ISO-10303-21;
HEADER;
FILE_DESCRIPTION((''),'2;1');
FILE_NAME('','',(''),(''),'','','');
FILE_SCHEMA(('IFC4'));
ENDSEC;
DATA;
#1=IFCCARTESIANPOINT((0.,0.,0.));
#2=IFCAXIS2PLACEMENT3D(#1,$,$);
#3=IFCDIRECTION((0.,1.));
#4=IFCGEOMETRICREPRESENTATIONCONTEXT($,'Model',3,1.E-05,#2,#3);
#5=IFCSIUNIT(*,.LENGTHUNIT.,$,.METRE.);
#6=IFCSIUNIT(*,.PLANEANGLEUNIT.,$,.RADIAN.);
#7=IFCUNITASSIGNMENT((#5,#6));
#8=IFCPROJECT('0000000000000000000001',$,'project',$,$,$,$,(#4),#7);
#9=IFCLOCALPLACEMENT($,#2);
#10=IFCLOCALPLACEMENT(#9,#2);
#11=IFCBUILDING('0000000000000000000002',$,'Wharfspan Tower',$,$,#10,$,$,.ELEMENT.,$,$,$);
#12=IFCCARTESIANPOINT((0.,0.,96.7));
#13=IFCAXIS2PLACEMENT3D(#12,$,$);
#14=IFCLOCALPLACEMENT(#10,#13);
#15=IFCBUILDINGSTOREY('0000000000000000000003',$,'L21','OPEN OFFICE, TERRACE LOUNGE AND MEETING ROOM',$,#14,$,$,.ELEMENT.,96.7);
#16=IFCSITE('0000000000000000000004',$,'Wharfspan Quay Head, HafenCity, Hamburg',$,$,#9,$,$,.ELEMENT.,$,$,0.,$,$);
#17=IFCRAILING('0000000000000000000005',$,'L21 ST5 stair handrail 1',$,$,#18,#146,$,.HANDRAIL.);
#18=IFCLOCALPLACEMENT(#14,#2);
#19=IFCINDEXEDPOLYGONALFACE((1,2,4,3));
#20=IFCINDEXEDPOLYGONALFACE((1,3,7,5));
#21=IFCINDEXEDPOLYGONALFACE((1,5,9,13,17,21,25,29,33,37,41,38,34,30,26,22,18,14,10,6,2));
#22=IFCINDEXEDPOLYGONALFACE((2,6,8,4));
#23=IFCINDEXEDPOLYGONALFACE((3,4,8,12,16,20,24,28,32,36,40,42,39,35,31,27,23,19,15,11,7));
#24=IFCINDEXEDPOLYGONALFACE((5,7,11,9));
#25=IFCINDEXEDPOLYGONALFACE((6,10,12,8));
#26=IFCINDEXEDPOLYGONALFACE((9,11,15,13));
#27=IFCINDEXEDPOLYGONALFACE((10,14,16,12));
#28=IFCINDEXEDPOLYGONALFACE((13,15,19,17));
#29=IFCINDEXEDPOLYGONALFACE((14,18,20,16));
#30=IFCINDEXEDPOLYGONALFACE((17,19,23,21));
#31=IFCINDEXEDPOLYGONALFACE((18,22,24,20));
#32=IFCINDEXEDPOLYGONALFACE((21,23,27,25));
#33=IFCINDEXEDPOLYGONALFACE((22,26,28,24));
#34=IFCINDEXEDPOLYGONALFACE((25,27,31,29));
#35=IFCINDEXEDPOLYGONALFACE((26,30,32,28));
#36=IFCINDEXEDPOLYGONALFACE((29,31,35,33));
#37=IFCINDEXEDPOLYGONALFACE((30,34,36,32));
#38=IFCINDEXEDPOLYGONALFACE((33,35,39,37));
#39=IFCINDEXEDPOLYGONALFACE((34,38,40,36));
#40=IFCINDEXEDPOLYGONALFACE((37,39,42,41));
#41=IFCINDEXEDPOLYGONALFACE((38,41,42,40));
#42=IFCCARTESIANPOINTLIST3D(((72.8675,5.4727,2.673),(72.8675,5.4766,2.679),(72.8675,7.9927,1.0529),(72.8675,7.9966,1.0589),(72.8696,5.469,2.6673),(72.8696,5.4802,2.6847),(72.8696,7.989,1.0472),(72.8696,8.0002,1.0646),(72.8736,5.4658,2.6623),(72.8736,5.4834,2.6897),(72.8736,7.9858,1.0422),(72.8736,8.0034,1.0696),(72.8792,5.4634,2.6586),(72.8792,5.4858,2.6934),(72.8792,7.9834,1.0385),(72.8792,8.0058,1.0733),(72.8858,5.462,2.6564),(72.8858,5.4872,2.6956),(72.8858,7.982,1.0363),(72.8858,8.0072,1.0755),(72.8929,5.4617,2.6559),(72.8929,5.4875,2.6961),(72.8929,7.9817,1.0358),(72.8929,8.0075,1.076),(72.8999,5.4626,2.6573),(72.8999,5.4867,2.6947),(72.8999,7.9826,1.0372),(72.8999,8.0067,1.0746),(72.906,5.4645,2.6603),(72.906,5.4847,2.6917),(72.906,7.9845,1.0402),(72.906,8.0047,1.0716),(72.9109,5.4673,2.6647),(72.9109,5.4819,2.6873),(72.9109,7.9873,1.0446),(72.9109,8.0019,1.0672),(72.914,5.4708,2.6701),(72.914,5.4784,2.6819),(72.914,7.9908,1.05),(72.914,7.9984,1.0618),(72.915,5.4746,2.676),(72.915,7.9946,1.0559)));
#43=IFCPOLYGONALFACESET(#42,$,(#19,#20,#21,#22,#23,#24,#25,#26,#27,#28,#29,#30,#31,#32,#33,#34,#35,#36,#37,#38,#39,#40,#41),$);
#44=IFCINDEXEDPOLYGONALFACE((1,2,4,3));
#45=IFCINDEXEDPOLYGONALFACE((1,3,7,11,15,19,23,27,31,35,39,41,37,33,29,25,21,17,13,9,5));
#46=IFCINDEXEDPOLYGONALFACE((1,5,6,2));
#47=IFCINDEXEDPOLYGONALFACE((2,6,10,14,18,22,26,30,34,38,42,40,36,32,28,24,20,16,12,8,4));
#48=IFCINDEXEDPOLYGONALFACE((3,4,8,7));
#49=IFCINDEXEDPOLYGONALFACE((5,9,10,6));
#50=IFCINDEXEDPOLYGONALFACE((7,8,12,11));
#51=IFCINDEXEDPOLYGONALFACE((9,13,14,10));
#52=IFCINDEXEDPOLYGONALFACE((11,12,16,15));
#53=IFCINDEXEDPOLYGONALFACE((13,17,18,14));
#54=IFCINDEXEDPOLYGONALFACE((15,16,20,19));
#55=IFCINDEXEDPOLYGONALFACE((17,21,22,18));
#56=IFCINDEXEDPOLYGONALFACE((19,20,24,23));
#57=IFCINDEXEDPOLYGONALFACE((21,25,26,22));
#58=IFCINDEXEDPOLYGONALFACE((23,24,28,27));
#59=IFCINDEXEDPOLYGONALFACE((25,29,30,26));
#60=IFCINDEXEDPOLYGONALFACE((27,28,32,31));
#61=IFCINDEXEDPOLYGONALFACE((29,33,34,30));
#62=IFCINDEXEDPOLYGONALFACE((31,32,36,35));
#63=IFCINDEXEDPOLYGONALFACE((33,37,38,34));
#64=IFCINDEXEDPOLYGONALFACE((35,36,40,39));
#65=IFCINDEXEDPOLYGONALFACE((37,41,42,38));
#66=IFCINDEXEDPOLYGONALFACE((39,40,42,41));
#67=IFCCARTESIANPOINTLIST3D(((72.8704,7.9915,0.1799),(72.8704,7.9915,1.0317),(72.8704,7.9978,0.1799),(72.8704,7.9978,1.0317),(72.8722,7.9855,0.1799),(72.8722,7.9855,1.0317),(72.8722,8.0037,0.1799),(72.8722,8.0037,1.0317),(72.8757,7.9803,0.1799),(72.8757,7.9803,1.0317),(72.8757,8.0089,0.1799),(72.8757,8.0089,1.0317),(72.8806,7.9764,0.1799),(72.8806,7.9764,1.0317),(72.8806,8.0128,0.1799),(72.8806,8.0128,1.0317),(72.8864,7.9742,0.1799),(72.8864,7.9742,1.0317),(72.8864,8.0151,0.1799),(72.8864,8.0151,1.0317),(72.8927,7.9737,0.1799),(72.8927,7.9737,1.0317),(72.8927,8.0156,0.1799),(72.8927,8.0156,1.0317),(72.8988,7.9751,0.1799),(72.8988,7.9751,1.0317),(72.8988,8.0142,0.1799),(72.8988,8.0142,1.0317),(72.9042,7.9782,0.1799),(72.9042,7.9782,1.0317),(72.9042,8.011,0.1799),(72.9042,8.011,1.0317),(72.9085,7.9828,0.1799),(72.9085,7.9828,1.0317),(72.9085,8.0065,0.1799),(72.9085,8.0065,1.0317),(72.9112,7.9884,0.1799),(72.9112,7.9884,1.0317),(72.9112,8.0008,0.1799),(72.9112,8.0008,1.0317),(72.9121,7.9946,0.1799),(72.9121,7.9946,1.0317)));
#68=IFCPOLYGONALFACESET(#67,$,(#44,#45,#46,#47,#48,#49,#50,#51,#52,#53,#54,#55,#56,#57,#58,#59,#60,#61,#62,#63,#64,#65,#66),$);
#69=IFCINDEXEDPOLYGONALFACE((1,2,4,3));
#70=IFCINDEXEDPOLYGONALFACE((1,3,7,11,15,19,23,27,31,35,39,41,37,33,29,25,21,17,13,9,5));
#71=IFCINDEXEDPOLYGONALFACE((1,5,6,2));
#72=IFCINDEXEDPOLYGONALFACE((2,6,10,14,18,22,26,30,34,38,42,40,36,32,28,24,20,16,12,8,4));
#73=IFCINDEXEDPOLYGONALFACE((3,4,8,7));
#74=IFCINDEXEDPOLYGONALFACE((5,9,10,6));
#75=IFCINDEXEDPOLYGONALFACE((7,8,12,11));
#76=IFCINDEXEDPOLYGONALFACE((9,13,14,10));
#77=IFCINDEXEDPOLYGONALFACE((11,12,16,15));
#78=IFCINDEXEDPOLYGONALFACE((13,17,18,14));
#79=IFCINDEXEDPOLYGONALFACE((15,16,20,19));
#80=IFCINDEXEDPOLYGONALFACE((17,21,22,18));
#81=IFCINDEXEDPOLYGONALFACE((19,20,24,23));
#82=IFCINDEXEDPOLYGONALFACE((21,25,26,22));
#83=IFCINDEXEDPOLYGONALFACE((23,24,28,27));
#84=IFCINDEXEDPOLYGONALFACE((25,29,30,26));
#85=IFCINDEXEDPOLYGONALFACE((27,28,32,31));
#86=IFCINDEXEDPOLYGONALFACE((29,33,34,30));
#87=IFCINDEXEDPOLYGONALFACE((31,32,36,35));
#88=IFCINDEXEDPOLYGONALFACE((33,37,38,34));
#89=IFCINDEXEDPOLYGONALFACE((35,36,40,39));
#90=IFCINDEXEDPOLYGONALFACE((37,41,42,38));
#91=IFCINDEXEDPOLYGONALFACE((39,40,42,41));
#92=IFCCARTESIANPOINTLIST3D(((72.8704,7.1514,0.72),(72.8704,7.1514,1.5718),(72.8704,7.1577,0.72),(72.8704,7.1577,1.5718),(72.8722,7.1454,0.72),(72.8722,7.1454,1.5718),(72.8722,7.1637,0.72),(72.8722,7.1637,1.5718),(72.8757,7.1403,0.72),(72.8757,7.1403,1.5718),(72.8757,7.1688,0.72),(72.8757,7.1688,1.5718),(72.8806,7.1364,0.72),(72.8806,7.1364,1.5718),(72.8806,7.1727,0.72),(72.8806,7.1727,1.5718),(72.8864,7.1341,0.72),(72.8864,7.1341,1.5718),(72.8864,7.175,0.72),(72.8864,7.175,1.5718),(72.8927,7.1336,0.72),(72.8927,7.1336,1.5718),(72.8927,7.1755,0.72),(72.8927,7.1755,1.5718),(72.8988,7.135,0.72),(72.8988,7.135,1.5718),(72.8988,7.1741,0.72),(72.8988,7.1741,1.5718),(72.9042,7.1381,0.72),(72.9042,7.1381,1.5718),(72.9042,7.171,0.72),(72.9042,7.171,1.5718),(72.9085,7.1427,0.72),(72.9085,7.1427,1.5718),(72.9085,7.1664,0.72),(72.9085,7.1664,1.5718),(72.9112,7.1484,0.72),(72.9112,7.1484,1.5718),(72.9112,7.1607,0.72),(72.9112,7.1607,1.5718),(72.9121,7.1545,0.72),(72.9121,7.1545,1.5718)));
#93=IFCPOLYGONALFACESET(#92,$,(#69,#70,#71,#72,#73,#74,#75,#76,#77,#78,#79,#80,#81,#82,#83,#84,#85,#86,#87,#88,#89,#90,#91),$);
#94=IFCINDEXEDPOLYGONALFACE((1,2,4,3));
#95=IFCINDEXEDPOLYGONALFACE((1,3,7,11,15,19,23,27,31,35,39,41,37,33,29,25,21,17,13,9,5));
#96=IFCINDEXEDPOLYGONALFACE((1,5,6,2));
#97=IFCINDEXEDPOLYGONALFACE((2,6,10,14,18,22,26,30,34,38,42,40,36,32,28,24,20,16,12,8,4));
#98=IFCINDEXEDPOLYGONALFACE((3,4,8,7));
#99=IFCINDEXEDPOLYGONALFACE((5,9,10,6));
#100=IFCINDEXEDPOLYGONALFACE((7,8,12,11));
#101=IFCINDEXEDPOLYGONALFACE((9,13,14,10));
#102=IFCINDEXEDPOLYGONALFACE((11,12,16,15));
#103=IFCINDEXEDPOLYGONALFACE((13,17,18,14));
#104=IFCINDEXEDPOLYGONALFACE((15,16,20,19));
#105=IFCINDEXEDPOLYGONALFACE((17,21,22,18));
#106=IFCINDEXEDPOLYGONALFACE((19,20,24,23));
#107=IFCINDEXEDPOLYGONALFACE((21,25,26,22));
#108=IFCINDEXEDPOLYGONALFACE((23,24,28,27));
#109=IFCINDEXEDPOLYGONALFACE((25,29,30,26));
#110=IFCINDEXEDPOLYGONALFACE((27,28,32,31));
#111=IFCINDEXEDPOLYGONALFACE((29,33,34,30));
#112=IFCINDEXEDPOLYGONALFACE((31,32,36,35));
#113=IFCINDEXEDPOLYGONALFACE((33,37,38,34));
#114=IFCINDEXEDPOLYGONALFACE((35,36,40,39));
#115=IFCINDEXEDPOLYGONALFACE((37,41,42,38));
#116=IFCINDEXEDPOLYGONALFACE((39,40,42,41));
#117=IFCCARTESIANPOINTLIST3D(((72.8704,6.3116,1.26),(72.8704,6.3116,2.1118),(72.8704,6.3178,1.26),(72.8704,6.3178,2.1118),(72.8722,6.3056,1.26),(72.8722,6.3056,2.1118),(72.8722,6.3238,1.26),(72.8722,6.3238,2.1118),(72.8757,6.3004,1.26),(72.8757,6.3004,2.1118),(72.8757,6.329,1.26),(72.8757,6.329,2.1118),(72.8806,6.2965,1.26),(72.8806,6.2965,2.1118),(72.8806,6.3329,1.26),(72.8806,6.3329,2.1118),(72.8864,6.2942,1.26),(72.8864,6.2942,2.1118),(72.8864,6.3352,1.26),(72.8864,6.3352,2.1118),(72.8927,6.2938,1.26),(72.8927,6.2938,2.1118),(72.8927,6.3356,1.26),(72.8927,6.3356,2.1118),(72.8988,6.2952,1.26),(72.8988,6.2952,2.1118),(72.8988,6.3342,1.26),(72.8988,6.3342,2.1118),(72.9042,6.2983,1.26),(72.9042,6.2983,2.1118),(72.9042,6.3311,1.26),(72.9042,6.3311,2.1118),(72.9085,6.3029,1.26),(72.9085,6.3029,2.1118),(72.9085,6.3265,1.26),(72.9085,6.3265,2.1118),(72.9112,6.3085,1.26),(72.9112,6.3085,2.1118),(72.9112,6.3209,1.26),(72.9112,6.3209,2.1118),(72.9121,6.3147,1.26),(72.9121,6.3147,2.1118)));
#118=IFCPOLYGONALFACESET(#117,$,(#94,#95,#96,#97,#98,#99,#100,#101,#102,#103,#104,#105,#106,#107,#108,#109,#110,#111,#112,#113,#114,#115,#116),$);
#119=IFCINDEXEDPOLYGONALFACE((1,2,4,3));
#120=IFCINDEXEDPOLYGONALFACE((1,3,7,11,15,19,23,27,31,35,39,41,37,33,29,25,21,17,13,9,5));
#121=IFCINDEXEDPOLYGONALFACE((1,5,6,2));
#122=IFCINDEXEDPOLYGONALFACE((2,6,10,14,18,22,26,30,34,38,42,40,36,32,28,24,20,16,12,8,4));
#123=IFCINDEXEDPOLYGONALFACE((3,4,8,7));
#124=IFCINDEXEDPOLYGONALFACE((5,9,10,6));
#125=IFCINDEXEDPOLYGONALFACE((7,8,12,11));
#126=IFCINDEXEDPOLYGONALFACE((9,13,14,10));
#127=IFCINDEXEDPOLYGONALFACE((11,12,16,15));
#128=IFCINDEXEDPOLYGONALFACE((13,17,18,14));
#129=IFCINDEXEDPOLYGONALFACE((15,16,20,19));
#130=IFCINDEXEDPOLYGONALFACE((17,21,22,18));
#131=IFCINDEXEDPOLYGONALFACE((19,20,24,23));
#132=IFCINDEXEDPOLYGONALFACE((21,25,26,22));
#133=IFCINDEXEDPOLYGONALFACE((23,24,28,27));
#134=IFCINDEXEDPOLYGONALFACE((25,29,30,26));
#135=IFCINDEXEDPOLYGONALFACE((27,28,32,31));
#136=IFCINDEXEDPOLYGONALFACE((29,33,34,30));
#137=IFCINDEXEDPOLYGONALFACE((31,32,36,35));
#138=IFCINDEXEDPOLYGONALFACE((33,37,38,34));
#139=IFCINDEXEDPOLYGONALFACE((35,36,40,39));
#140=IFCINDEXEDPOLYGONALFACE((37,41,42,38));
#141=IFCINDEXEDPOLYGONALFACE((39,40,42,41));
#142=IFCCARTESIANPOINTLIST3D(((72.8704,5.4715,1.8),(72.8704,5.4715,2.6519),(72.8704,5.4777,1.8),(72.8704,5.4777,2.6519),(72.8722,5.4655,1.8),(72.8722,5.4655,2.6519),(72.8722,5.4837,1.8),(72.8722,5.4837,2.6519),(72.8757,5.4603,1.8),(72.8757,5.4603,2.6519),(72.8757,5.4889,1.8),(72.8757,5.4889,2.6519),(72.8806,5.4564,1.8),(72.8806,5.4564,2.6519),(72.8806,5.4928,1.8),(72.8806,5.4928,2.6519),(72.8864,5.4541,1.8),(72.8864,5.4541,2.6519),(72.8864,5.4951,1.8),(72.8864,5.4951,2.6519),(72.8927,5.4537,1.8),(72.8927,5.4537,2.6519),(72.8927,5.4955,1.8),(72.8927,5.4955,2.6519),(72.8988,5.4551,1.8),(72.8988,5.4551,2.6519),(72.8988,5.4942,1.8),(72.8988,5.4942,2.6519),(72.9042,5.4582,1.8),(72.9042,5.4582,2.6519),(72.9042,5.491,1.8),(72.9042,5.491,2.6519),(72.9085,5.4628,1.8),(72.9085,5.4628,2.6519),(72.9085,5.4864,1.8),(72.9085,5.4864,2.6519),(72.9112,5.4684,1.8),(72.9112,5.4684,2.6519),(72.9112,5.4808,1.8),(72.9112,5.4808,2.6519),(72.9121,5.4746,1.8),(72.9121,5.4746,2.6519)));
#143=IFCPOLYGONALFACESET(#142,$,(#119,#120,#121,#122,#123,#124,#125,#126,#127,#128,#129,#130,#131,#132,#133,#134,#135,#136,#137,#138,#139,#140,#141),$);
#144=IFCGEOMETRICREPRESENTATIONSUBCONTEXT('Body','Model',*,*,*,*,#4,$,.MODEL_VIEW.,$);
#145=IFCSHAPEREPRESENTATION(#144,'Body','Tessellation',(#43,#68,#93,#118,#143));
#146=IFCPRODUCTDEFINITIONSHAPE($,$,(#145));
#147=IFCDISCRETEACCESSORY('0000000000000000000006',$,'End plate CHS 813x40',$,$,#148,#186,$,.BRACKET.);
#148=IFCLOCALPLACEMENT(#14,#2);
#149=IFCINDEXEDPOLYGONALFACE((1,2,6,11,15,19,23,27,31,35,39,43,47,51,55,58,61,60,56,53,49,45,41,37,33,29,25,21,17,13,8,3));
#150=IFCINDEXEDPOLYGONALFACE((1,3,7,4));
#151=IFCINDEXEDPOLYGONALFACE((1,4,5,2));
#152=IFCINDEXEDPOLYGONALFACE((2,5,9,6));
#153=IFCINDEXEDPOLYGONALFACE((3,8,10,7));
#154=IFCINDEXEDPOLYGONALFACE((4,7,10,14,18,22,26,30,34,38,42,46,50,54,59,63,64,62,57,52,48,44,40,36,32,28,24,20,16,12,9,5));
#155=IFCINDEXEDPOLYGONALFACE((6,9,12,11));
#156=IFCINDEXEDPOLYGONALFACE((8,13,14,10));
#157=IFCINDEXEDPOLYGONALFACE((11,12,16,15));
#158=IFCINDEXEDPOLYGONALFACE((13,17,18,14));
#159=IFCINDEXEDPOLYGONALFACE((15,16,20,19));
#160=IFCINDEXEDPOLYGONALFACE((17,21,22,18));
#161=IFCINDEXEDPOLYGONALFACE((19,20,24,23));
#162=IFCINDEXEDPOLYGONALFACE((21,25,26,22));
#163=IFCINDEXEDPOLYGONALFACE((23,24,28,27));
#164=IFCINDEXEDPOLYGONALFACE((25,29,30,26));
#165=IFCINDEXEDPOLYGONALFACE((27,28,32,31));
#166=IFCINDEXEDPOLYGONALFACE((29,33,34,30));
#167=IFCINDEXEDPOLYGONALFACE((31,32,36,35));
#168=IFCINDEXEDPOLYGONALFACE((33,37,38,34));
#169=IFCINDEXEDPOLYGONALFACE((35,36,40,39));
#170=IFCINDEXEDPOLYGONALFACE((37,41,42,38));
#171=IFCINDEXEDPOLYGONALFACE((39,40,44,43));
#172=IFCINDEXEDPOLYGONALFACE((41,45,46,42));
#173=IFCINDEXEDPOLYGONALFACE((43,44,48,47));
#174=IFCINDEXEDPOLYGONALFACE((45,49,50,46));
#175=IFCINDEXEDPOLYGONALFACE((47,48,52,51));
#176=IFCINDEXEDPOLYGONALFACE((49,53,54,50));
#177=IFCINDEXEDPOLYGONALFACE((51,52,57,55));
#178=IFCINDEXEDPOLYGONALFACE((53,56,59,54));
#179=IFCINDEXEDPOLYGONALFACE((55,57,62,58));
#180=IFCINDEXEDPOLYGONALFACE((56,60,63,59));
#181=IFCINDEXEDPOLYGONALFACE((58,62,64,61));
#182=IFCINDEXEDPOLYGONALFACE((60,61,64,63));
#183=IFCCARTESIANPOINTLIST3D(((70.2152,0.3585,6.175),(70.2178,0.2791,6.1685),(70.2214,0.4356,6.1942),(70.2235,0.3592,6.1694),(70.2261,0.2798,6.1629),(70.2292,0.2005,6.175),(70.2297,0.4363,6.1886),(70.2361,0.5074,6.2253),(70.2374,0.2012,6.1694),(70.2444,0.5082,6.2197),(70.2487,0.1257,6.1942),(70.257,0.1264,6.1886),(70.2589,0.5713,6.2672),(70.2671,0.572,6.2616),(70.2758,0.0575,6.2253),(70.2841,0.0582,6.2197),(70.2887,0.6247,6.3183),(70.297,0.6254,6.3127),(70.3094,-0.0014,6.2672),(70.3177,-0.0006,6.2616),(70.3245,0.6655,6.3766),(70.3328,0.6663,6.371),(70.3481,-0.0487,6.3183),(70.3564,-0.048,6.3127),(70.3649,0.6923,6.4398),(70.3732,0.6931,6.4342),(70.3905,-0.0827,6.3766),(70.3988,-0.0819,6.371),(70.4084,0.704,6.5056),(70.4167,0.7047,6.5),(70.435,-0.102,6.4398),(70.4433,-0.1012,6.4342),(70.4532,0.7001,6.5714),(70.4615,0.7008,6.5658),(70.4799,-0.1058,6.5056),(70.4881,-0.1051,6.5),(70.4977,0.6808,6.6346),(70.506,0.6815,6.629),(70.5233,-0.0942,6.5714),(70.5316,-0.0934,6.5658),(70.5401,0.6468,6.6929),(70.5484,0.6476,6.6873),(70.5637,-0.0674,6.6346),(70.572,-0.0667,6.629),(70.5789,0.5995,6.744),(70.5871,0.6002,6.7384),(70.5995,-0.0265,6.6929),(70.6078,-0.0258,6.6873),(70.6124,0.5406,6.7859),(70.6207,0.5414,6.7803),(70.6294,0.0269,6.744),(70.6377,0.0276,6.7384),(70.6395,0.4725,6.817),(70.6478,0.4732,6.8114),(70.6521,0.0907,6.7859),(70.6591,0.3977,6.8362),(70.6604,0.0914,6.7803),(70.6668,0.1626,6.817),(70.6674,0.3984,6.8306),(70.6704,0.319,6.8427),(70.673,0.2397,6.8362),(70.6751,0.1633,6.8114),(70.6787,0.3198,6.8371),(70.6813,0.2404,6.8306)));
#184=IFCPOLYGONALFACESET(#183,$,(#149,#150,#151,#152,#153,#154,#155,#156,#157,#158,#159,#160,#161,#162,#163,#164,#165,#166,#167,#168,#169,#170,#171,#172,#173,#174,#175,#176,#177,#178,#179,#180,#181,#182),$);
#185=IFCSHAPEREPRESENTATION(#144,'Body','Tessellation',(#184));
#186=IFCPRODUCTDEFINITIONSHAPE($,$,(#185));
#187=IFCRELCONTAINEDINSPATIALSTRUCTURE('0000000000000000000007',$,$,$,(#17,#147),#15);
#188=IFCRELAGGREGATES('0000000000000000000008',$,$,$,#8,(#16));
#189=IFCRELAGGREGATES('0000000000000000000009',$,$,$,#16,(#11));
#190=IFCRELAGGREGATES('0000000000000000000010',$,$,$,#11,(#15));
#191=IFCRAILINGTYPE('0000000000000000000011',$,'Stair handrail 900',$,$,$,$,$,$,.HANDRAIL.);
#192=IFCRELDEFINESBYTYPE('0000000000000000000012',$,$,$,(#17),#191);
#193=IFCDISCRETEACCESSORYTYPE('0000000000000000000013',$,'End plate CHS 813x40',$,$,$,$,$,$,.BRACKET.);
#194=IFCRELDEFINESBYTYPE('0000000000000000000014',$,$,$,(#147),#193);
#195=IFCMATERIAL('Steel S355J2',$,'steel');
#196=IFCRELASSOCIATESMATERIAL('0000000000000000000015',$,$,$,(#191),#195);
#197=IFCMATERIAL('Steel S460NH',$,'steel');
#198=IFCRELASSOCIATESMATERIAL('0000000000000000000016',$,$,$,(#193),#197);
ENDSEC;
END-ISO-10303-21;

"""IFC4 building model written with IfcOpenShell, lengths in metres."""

from ifc_helpers import new_model, si_unit, direction, frame, origin, origin_2d, place, context, subcontext, project, spatial, circle, extrude, material, material_profile, profile_set, type_object, element, save


model = new_model("IFC4")

# Units and contexts
model_context = context("Model", 3, precision=1e-05, world=origin(), true_north=direction((0.0, 1.0)))
body_context = subcontext(model_context, "Body", "Model", "MODEL_VIEW")
ifc_project = project(units=[si_unit("LENGTHUNIT", "METRE"), si_unit("PLANEANGLEUNIT", "RADIAN")], contexts=[model_context])

# Site, building, storey
site_placement = place(None, origin())
site = spatial("IfcSite", under=ifc_project, at=site_placement, Name="Wharfspan Quay Head, HafenCity, Hamburg", CompositionType="ELEMENT", RefElevation=0.0)
building_placement = place(site_placement, origin())
building = spatial("IfcBuilding", under=site, at=building_placement, Name="Wharfspan Tower", CompositionType="ELEMENT")
storey_placement = place(building_placement, frame((0.0, 0.0, 96.7)))
storey = spatial("IfcBuildingStorey", under=building, at=storey_placement, Name="L21", Description="OPEN OFFICE, TERRACE LOUNGE AND MEETING ROOM", CompositionType="ELEMENT", Elevation=96.7)

# Shared definitions
ifc_material_1 = material(Name="Steel S355J2", Category="steel")

# Railing
railing_type = type_object("IfcRailingType", Name="Stair handrail 900", PredefinedType="HANDRAIL", material=ifc_material_1)
railing_placement = place(storey_placement, frame((72.8911, 7.9946, 0.1799)))
element("IfcRailing", 1, at=railing_placement, inside=storey, type_object=railing_type, Name="L21 ST5 stair handrail 1", PredefinedType="HANDRAIL", context=body_context, shape_type="SweptSolid", body=[
    extrude(circle(Radius=0.0239, at=origin_2d()), frame((0.0, 0.0, 0.876), z_axis=(0.0, -0.841163, 0.540782), x_axis=(1.0, 0.0, 0.0)), (0.0, 0.0, 1.0), 2.9958),
    extrude(circle(Radius=0.021, at=origin_2d()), origin(), (0.0, 0.0, 1.0), 0.8518),
    extrude(circle(Radius=0.021, at=origin_2d()), frame((0.0, -0.8401, 0.54)), (0.0, 0.0, 1.0), 0.8518),
    extrude(circle(Radius=0.021, at=origin_2d()), frame((0.0, -1.6799, 1.0801)), (0.0, 0.0, 1.0), 0.8518),
    extrude(circle(Radius=0.021, at=origin_2d()), frame((0.0, -2.52, 1.6201)), (0.0, 0.0, 1.0), 0.8518),
])

# Discrete accessory
ifc_material_2 = material(Name="Steel S460NH", Category="steel")
ifc_material_profile_1 = material_profile(ifc_material_2, circle(Radius=0.4065, at=origin_2d()))
ifc_profile_set_1 = profile_set([ifc_material_profile_1], Name="Steel S460NH")
discrete_accessory_type = type_object("IfcDiscreteAccessoryType", Name="End plate CHS 813x40", PredefinedType="BRACKET", material=ifc_profile_set_1)
discrete_accessory_placement = place(storey_placement, frame((70.4524, 0.2998, 6.5), z_axis=(-0.82608, -0.072889, 0.558819), x_axis=(0.087894, -0.99613, 0.000001)))
element("IfcDiscreteAccessory", 2, at=discrete_accessory_placement, inside=storey, type_object=discrete_accessory_type, Name="End plate CHS 813x40", PredefinedType="BRACKET", context=body_context, shape_type="SweptSolid", body=[
    extrude(circle(Radius=0.4065, at=origin_2d()), origin(), (0.0, 0.0, 1.0), 0.01),
])

save(model, "model.ifc")
